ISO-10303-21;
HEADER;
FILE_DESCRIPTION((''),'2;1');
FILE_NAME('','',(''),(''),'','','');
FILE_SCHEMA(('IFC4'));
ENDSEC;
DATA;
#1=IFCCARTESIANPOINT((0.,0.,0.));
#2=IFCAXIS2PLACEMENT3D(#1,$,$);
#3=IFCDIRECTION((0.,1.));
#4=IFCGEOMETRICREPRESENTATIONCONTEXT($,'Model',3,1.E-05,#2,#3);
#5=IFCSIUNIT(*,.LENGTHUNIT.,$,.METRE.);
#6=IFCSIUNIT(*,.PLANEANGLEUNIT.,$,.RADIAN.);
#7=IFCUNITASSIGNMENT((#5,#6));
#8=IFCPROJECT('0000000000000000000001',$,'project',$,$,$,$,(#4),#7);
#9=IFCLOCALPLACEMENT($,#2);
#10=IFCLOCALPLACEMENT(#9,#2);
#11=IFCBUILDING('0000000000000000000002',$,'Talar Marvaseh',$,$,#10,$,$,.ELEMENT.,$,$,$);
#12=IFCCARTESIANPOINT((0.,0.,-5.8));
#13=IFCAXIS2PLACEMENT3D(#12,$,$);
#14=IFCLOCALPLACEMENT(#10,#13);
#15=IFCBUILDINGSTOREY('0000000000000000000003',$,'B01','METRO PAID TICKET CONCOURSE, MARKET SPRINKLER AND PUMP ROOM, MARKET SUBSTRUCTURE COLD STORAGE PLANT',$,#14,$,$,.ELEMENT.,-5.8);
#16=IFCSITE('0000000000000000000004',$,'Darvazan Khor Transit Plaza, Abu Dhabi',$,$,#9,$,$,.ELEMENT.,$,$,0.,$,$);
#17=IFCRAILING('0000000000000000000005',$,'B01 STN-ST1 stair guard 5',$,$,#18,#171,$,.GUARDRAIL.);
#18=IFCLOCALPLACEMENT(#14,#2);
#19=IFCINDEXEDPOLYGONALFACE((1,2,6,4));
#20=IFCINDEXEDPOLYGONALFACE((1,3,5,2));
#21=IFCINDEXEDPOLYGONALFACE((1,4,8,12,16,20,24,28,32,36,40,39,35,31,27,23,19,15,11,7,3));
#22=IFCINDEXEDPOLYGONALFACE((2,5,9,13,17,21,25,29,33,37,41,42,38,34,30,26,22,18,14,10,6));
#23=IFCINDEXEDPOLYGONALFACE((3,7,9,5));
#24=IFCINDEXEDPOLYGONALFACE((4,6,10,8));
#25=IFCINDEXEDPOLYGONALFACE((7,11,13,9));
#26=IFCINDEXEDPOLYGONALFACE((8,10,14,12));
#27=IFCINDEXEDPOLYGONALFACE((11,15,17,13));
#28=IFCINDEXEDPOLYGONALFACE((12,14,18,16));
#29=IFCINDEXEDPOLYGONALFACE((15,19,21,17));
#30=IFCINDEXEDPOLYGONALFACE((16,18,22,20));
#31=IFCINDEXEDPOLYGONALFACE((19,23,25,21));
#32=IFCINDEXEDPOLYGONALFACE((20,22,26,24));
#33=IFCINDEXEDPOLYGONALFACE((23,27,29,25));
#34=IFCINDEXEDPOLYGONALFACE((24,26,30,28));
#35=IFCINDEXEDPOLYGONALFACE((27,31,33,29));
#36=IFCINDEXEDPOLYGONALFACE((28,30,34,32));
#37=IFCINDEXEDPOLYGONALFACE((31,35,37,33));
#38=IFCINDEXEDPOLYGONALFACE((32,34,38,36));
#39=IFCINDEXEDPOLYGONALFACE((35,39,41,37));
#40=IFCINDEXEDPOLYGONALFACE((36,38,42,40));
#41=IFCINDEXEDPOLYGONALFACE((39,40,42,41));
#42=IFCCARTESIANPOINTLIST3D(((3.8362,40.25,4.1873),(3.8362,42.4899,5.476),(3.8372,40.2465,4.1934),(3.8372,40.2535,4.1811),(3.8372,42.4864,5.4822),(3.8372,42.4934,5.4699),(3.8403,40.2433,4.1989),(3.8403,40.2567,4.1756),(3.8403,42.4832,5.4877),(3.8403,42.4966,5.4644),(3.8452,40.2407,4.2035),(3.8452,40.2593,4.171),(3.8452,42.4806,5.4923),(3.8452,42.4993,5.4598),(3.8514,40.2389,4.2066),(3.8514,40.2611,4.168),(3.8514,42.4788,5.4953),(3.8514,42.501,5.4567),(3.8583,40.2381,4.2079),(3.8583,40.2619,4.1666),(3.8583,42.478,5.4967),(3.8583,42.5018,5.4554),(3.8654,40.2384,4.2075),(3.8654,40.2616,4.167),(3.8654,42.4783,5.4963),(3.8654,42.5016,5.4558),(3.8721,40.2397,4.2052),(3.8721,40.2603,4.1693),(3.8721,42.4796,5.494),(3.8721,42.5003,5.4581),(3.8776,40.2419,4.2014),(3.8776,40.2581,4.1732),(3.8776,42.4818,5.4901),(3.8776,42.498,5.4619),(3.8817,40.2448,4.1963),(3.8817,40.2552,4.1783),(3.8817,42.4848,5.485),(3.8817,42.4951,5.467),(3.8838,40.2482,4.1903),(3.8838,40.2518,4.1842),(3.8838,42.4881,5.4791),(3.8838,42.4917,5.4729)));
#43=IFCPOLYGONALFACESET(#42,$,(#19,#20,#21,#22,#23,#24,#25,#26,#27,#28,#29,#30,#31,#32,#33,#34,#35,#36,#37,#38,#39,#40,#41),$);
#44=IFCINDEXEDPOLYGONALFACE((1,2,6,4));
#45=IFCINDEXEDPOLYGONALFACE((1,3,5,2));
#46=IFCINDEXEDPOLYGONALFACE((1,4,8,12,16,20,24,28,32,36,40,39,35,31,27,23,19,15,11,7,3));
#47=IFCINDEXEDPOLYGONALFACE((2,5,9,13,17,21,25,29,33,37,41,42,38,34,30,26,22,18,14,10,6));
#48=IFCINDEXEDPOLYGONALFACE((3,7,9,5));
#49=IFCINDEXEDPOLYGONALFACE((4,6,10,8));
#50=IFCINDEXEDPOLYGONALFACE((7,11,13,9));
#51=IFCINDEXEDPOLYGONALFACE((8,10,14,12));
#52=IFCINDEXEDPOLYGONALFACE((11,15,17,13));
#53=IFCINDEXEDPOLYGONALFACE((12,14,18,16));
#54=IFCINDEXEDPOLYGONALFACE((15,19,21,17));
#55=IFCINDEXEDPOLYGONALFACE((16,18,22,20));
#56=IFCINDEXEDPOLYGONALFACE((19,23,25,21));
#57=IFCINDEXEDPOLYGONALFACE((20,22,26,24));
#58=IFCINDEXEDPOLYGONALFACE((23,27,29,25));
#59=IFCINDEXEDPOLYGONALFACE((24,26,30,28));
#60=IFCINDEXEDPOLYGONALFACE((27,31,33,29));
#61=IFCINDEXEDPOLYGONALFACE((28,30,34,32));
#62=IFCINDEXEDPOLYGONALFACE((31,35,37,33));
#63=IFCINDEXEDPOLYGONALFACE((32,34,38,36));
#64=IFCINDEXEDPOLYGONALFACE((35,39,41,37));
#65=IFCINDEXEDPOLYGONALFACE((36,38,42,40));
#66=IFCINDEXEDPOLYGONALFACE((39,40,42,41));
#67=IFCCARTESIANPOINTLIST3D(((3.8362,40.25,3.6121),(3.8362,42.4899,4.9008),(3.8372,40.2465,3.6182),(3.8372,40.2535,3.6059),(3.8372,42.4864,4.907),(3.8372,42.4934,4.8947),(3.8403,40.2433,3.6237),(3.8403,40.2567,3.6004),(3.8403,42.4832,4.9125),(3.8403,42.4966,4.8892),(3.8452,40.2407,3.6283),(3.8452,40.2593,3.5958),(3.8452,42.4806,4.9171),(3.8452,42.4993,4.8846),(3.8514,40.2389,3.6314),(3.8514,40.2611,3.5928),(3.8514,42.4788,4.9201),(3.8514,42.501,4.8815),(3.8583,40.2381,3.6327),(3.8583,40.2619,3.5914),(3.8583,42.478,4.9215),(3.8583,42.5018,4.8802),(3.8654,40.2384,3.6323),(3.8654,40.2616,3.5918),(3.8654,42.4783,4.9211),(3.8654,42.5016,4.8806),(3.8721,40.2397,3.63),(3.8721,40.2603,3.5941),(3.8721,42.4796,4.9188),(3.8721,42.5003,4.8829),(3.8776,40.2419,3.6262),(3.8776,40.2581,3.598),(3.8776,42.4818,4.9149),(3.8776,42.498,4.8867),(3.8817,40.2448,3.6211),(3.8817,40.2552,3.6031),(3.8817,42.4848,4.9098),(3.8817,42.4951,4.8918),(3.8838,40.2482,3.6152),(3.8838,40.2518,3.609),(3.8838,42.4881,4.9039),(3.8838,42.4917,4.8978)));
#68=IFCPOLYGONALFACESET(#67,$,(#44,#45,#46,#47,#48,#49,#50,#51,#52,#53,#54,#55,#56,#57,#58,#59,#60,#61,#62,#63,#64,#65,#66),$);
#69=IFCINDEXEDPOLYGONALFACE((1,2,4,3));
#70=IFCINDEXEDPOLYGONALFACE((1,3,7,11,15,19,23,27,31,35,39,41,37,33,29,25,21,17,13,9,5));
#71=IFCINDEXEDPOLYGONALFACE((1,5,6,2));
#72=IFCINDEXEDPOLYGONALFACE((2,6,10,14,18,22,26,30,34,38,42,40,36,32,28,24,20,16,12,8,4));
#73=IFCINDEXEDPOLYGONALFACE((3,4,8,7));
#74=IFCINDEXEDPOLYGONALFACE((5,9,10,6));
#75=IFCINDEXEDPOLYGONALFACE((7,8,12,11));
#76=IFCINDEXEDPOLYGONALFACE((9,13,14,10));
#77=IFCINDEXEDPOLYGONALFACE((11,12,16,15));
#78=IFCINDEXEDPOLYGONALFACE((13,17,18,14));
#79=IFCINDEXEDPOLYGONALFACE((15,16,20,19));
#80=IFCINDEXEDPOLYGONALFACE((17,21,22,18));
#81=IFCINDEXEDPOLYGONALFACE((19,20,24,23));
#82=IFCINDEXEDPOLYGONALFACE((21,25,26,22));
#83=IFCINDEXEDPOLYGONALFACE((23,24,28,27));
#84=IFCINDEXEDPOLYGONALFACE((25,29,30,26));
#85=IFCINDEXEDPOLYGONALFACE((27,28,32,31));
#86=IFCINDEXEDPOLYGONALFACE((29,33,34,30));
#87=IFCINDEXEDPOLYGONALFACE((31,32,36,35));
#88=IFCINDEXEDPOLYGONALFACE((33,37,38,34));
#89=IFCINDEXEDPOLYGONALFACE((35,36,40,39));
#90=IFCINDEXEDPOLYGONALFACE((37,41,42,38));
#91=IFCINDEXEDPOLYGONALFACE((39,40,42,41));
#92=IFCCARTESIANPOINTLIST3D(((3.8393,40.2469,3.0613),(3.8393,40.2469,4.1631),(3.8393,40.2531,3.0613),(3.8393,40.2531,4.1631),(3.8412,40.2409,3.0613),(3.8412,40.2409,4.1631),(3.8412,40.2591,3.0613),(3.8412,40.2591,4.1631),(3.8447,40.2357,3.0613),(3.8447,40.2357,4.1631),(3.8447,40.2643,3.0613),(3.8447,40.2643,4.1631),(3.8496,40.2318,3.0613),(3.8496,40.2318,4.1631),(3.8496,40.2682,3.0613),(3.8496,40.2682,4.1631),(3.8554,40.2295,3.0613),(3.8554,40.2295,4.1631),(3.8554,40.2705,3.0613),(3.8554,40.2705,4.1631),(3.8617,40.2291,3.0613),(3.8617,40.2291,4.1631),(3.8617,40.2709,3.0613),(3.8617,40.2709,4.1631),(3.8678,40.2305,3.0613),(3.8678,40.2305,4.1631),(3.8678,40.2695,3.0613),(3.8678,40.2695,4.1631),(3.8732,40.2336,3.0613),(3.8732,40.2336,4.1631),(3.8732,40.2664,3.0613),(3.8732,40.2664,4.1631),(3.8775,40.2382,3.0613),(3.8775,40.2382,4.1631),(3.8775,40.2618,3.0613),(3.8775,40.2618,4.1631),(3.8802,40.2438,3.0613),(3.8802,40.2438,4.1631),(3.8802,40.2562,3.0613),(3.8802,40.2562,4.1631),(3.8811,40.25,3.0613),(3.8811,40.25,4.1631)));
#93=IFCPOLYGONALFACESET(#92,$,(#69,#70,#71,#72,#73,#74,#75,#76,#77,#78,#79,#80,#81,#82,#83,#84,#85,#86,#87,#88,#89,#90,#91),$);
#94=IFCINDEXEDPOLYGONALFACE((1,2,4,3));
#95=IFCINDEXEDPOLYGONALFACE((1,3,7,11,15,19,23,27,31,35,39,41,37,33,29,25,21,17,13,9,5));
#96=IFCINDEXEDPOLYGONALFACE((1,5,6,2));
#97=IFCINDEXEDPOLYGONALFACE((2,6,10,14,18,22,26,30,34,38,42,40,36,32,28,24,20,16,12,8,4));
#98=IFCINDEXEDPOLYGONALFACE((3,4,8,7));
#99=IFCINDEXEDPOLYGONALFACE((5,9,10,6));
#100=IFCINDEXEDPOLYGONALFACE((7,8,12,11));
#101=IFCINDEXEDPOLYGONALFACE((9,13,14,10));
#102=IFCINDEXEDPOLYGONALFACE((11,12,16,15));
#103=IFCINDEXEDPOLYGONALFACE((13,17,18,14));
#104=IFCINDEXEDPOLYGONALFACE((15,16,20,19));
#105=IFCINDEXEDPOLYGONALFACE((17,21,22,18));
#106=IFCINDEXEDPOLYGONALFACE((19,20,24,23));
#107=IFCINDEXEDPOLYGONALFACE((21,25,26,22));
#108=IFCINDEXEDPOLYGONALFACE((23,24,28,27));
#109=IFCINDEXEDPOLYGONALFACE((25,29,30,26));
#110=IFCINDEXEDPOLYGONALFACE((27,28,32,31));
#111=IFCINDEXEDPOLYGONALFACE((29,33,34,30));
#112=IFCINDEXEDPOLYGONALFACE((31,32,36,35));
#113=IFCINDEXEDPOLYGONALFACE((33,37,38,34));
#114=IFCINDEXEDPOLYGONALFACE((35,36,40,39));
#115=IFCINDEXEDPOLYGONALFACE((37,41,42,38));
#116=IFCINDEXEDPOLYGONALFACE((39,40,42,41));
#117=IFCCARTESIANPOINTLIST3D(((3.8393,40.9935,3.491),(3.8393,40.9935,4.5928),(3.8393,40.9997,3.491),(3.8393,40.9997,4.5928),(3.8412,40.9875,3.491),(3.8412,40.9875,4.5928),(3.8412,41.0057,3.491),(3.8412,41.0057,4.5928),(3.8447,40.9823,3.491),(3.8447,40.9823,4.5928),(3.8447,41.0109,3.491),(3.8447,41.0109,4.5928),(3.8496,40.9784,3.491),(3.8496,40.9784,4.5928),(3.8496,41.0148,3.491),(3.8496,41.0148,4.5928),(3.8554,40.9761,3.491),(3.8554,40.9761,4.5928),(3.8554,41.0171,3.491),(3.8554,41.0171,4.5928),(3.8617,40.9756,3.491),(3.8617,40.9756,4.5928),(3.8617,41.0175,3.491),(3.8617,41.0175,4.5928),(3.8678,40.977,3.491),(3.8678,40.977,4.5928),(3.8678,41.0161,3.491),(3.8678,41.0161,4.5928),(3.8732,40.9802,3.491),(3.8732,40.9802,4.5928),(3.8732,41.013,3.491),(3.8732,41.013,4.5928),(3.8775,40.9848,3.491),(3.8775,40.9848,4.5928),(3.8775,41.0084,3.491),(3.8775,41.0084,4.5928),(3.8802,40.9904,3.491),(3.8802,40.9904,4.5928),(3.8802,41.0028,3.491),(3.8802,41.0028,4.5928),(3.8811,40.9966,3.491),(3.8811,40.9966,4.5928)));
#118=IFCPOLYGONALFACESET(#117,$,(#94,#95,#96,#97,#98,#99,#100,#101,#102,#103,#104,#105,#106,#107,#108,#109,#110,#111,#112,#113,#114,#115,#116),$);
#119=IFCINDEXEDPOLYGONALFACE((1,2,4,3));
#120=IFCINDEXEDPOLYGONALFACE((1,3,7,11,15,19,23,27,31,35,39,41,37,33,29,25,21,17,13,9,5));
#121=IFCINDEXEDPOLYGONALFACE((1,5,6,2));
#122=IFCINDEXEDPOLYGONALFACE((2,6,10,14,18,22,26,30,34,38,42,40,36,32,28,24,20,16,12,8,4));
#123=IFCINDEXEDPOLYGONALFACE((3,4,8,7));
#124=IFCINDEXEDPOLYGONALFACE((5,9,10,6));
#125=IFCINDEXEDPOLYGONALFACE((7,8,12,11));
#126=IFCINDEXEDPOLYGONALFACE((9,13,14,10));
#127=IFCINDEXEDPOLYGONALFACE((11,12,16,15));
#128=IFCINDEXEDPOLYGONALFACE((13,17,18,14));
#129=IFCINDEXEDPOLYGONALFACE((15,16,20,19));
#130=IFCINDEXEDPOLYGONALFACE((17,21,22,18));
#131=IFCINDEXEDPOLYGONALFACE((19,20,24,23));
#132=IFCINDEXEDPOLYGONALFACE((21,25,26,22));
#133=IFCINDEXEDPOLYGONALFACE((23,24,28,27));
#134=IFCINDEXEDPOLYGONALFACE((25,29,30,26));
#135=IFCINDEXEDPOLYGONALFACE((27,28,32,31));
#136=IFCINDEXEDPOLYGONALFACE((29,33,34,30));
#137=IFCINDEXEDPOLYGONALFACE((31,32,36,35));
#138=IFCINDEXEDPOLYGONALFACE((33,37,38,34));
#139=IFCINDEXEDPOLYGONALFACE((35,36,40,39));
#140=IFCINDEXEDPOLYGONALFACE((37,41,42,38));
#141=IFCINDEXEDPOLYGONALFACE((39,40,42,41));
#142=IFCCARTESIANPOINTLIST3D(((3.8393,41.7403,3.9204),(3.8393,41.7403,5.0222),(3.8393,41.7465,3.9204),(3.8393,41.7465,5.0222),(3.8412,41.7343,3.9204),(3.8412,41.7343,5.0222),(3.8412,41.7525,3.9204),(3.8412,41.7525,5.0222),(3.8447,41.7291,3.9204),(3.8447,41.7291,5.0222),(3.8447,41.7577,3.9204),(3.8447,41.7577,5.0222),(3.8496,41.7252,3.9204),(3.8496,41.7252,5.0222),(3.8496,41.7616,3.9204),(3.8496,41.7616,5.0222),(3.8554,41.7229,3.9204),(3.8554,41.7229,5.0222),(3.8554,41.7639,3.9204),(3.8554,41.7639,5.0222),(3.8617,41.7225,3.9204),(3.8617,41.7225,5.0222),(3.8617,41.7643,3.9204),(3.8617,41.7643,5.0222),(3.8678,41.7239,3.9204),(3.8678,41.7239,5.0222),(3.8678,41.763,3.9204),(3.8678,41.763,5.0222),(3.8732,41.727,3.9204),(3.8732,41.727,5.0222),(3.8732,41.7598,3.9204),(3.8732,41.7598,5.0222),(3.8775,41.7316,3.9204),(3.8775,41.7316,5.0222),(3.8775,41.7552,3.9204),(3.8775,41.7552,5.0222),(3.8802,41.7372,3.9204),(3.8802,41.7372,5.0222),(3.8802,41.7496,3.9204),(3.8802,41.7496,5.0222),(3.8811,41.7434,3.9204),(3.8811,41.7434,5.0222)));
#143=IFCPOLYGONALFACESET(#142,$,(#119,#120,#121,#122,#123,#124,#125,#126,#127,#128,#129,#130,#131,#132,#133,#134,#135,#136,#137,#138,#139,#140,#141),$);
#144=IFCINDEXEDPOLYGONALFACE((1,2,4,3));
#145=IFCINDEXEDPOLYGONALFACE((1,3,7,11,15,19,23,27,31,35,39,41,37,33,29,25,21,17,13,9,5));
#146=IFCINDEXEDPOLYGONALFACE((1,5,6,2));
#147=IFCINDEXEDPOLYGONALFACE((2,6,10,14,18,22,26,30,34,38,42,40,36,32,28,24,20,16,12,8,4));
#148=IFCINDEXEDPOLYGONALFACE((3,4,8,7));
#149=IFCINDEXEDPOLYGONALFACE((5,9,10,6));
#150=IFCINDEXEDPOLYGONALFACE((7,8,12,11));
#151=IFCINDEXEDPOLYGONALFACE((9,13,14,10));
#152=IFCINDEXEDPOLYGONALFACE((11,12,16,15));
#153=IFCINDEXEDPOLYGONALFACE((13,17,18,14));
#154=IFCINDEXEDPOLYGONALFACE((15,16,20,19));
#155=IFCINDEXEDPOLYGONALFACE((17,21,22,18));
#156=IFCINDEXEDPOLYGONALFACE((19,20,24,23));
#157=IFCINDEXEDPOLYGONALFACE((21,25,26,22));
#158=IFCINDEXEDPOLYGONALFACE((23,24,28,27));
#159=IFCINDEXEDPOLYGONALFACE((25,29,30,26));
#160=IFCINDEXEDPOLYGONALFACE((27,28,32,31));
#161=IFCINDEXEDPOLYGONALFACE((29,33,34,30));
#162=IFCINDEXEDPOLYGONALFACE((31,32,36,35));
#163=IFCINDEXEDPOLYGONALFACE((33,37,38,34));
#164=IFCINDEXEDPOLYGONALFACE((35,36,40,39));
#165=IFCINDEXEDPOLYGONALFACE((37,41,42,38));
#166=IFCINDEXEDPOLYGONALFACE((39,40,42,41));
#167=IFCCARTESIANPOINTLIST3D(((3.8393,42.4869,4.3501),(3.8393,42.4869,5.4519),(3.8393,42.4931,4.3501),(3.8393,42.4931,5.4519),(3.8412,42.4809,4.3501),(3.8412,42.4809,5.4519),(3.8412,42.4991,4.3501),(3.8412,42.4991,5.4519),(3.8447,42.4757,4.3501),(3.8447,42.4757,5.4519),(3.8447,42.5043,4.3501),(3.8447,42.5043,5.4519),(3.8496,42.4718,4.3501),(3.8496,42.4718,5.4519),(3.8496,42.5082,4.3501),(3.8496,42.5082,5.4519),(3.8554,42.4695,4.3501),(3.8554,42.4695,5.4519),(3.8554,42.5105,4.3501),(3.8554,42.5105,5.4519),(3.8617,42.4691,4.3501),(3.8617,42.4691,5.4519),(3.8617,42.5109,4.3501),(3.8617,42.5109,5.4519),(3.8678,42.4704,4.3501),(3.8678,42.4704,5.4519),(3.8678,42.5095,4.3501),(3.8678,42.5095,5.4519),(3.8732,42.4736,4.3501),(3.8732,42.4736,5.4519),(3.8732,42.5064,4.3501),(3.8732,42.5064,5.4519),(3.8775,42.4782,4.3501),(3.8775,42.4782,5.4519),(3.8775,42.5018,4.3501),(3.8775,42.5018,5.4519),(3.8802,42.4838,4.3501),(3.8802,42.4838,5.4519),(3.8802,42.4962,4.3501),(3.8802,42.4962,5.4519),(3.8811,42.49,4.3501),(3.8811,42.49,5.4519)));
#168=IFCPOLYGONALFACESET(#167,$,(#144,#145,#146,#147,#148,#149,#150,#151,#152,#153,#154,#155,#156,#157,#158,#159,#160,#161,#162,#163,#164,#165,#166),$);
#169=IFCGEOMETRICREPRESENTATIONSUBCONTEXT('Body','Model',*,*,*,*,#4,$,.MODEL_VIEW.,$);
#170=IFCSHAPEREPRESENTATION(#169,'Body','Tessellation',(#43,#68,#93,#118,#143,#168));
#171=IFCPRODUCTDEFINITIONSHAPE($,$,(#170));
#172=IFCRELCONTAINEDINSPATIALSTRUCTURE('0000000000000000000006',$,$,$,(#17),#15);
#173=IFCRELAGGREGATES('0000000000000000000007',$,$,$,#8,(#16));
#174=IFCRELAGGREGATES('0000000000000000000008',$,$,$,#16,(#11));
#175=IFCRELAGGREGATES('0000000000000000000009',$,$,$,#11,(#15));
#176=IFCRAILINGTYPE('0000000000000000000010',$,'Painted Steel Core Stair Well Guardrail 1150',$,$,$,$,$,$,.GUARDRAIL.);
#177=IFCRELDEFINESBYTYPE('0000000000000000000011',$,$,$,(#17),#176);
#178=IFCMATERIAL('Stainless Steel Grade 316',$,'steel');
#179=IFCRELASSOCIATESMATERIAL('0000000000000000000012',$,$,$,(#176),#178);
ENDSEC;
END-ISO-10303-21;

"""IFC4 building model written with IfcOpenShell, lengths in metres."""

from ifc_helpers import new_model, si_unit, direction, frame, origin, origin_2d, place, context, subcontext, project, spatial, circle, extrude, material, type_object, element, save


model = new_model("IFC4")

# Units and contexts
model_context = context("Model", 3, precision=1e-05, world=origin(), true_north=direction((0.0, 1.0)))
body_context = subcontext(model_context, "Body", "Model", "MODEL_VIEW")
ifc_project = project(units=[si_unit("LENGTHUNIT", "METRE"), si_unit("PLANEANGLEUNIT", "RADIAN")], contexts=[model_context])

# Site, building, storey
site_placement = place(None, origin())
site = spatial("IfcSite", under=ifc_project, at=site_placement, Name="Darvazan Khor Transit Plaza, Abu Dhabi", CompositionType="ELEMENT", RefElevation=0.0)
building_placement = place(site_placement, origin())
building = spatial("IfcBuilding", under=site, at=building_placement, Name="Talar Marvaseh", CompositionType="ELEMENT")
storey_placement = place(building_placement, frame((0.0, 0.0, -5.8)))
storey = spatial("IfcBuildingStorey", under=building, at=storey_placement, Name="B01", Description="METRO PAID TICKET CONCOURSE, MARKET SPRINKLER AND PUMP ROOM, MARKET SUBSTRUCTURE COLD STORAGE PLANT", CompositionType="ELEMENT", Elevation=-5.8)

# Railing
ifc_material_1 = material(Name="Stainless Steel Grade 316", Category="steel")
railing_type_1 = type_object("IfcRailingType", Name="Painted Steel Core Stair Well Guardrail 1150", PredefinedType="GUARDRAIL", material=ifc_material_1)
railing_1_placement = place(storey_placement, frame((3.8601, 40.25, 3.0613)))
element("IfcRailing", 1, at=railing_1_placement, inside=storey, type_object=railing_type_1, Name="B01 STN-ST1 stair guard 5", PredefinedType="GUARDRAIL", context=body_context, shape_type="SweptSolid", body=[
    extrude(circle(Radius=0.0239, at=origin_2d()), frame((0.0, 0.0, 1.126), z_axis=(0.0, 0.866768, 0.498711), x_axis=(-1.0, 0.0, 0.0)), (0.0, 0.0, 1.0), 2.5842),
    extrude(circle(Radius=0.0239, at=origin_2d()), frame((0.0, 0.0, 0.5508), z_axis=(0.0, 0.866768, 0.498711), x_axis=(-1.0, 0.0, 0.0)), (0.0, 0.0, 1.0), 2.5842),
    extrude(circle(Radius=0.021, at=origin_2d()), origin(), (0.0, 0.0, 1.0), 1.1018),
    extrude(circle(Radius=0.021, at=origin_2d()), frame((0.0, 0.7466, 0.4297)), (0.0, 0.0, 1.0), 1.1018),
    extrude(circle(Radius=0.021, at=origin_2d()), frame((0.0, 1.4934, 0.8591)), (0.0, 0.0, 1.0), 1.1018),
    extrude(circle(Radius=0.021, at=origin_2d()), frame((0.0, 2.24, 1.2888)), (0.0, 0.0, 1.0), 1.1018),
])

save(model, "model.ifc")
